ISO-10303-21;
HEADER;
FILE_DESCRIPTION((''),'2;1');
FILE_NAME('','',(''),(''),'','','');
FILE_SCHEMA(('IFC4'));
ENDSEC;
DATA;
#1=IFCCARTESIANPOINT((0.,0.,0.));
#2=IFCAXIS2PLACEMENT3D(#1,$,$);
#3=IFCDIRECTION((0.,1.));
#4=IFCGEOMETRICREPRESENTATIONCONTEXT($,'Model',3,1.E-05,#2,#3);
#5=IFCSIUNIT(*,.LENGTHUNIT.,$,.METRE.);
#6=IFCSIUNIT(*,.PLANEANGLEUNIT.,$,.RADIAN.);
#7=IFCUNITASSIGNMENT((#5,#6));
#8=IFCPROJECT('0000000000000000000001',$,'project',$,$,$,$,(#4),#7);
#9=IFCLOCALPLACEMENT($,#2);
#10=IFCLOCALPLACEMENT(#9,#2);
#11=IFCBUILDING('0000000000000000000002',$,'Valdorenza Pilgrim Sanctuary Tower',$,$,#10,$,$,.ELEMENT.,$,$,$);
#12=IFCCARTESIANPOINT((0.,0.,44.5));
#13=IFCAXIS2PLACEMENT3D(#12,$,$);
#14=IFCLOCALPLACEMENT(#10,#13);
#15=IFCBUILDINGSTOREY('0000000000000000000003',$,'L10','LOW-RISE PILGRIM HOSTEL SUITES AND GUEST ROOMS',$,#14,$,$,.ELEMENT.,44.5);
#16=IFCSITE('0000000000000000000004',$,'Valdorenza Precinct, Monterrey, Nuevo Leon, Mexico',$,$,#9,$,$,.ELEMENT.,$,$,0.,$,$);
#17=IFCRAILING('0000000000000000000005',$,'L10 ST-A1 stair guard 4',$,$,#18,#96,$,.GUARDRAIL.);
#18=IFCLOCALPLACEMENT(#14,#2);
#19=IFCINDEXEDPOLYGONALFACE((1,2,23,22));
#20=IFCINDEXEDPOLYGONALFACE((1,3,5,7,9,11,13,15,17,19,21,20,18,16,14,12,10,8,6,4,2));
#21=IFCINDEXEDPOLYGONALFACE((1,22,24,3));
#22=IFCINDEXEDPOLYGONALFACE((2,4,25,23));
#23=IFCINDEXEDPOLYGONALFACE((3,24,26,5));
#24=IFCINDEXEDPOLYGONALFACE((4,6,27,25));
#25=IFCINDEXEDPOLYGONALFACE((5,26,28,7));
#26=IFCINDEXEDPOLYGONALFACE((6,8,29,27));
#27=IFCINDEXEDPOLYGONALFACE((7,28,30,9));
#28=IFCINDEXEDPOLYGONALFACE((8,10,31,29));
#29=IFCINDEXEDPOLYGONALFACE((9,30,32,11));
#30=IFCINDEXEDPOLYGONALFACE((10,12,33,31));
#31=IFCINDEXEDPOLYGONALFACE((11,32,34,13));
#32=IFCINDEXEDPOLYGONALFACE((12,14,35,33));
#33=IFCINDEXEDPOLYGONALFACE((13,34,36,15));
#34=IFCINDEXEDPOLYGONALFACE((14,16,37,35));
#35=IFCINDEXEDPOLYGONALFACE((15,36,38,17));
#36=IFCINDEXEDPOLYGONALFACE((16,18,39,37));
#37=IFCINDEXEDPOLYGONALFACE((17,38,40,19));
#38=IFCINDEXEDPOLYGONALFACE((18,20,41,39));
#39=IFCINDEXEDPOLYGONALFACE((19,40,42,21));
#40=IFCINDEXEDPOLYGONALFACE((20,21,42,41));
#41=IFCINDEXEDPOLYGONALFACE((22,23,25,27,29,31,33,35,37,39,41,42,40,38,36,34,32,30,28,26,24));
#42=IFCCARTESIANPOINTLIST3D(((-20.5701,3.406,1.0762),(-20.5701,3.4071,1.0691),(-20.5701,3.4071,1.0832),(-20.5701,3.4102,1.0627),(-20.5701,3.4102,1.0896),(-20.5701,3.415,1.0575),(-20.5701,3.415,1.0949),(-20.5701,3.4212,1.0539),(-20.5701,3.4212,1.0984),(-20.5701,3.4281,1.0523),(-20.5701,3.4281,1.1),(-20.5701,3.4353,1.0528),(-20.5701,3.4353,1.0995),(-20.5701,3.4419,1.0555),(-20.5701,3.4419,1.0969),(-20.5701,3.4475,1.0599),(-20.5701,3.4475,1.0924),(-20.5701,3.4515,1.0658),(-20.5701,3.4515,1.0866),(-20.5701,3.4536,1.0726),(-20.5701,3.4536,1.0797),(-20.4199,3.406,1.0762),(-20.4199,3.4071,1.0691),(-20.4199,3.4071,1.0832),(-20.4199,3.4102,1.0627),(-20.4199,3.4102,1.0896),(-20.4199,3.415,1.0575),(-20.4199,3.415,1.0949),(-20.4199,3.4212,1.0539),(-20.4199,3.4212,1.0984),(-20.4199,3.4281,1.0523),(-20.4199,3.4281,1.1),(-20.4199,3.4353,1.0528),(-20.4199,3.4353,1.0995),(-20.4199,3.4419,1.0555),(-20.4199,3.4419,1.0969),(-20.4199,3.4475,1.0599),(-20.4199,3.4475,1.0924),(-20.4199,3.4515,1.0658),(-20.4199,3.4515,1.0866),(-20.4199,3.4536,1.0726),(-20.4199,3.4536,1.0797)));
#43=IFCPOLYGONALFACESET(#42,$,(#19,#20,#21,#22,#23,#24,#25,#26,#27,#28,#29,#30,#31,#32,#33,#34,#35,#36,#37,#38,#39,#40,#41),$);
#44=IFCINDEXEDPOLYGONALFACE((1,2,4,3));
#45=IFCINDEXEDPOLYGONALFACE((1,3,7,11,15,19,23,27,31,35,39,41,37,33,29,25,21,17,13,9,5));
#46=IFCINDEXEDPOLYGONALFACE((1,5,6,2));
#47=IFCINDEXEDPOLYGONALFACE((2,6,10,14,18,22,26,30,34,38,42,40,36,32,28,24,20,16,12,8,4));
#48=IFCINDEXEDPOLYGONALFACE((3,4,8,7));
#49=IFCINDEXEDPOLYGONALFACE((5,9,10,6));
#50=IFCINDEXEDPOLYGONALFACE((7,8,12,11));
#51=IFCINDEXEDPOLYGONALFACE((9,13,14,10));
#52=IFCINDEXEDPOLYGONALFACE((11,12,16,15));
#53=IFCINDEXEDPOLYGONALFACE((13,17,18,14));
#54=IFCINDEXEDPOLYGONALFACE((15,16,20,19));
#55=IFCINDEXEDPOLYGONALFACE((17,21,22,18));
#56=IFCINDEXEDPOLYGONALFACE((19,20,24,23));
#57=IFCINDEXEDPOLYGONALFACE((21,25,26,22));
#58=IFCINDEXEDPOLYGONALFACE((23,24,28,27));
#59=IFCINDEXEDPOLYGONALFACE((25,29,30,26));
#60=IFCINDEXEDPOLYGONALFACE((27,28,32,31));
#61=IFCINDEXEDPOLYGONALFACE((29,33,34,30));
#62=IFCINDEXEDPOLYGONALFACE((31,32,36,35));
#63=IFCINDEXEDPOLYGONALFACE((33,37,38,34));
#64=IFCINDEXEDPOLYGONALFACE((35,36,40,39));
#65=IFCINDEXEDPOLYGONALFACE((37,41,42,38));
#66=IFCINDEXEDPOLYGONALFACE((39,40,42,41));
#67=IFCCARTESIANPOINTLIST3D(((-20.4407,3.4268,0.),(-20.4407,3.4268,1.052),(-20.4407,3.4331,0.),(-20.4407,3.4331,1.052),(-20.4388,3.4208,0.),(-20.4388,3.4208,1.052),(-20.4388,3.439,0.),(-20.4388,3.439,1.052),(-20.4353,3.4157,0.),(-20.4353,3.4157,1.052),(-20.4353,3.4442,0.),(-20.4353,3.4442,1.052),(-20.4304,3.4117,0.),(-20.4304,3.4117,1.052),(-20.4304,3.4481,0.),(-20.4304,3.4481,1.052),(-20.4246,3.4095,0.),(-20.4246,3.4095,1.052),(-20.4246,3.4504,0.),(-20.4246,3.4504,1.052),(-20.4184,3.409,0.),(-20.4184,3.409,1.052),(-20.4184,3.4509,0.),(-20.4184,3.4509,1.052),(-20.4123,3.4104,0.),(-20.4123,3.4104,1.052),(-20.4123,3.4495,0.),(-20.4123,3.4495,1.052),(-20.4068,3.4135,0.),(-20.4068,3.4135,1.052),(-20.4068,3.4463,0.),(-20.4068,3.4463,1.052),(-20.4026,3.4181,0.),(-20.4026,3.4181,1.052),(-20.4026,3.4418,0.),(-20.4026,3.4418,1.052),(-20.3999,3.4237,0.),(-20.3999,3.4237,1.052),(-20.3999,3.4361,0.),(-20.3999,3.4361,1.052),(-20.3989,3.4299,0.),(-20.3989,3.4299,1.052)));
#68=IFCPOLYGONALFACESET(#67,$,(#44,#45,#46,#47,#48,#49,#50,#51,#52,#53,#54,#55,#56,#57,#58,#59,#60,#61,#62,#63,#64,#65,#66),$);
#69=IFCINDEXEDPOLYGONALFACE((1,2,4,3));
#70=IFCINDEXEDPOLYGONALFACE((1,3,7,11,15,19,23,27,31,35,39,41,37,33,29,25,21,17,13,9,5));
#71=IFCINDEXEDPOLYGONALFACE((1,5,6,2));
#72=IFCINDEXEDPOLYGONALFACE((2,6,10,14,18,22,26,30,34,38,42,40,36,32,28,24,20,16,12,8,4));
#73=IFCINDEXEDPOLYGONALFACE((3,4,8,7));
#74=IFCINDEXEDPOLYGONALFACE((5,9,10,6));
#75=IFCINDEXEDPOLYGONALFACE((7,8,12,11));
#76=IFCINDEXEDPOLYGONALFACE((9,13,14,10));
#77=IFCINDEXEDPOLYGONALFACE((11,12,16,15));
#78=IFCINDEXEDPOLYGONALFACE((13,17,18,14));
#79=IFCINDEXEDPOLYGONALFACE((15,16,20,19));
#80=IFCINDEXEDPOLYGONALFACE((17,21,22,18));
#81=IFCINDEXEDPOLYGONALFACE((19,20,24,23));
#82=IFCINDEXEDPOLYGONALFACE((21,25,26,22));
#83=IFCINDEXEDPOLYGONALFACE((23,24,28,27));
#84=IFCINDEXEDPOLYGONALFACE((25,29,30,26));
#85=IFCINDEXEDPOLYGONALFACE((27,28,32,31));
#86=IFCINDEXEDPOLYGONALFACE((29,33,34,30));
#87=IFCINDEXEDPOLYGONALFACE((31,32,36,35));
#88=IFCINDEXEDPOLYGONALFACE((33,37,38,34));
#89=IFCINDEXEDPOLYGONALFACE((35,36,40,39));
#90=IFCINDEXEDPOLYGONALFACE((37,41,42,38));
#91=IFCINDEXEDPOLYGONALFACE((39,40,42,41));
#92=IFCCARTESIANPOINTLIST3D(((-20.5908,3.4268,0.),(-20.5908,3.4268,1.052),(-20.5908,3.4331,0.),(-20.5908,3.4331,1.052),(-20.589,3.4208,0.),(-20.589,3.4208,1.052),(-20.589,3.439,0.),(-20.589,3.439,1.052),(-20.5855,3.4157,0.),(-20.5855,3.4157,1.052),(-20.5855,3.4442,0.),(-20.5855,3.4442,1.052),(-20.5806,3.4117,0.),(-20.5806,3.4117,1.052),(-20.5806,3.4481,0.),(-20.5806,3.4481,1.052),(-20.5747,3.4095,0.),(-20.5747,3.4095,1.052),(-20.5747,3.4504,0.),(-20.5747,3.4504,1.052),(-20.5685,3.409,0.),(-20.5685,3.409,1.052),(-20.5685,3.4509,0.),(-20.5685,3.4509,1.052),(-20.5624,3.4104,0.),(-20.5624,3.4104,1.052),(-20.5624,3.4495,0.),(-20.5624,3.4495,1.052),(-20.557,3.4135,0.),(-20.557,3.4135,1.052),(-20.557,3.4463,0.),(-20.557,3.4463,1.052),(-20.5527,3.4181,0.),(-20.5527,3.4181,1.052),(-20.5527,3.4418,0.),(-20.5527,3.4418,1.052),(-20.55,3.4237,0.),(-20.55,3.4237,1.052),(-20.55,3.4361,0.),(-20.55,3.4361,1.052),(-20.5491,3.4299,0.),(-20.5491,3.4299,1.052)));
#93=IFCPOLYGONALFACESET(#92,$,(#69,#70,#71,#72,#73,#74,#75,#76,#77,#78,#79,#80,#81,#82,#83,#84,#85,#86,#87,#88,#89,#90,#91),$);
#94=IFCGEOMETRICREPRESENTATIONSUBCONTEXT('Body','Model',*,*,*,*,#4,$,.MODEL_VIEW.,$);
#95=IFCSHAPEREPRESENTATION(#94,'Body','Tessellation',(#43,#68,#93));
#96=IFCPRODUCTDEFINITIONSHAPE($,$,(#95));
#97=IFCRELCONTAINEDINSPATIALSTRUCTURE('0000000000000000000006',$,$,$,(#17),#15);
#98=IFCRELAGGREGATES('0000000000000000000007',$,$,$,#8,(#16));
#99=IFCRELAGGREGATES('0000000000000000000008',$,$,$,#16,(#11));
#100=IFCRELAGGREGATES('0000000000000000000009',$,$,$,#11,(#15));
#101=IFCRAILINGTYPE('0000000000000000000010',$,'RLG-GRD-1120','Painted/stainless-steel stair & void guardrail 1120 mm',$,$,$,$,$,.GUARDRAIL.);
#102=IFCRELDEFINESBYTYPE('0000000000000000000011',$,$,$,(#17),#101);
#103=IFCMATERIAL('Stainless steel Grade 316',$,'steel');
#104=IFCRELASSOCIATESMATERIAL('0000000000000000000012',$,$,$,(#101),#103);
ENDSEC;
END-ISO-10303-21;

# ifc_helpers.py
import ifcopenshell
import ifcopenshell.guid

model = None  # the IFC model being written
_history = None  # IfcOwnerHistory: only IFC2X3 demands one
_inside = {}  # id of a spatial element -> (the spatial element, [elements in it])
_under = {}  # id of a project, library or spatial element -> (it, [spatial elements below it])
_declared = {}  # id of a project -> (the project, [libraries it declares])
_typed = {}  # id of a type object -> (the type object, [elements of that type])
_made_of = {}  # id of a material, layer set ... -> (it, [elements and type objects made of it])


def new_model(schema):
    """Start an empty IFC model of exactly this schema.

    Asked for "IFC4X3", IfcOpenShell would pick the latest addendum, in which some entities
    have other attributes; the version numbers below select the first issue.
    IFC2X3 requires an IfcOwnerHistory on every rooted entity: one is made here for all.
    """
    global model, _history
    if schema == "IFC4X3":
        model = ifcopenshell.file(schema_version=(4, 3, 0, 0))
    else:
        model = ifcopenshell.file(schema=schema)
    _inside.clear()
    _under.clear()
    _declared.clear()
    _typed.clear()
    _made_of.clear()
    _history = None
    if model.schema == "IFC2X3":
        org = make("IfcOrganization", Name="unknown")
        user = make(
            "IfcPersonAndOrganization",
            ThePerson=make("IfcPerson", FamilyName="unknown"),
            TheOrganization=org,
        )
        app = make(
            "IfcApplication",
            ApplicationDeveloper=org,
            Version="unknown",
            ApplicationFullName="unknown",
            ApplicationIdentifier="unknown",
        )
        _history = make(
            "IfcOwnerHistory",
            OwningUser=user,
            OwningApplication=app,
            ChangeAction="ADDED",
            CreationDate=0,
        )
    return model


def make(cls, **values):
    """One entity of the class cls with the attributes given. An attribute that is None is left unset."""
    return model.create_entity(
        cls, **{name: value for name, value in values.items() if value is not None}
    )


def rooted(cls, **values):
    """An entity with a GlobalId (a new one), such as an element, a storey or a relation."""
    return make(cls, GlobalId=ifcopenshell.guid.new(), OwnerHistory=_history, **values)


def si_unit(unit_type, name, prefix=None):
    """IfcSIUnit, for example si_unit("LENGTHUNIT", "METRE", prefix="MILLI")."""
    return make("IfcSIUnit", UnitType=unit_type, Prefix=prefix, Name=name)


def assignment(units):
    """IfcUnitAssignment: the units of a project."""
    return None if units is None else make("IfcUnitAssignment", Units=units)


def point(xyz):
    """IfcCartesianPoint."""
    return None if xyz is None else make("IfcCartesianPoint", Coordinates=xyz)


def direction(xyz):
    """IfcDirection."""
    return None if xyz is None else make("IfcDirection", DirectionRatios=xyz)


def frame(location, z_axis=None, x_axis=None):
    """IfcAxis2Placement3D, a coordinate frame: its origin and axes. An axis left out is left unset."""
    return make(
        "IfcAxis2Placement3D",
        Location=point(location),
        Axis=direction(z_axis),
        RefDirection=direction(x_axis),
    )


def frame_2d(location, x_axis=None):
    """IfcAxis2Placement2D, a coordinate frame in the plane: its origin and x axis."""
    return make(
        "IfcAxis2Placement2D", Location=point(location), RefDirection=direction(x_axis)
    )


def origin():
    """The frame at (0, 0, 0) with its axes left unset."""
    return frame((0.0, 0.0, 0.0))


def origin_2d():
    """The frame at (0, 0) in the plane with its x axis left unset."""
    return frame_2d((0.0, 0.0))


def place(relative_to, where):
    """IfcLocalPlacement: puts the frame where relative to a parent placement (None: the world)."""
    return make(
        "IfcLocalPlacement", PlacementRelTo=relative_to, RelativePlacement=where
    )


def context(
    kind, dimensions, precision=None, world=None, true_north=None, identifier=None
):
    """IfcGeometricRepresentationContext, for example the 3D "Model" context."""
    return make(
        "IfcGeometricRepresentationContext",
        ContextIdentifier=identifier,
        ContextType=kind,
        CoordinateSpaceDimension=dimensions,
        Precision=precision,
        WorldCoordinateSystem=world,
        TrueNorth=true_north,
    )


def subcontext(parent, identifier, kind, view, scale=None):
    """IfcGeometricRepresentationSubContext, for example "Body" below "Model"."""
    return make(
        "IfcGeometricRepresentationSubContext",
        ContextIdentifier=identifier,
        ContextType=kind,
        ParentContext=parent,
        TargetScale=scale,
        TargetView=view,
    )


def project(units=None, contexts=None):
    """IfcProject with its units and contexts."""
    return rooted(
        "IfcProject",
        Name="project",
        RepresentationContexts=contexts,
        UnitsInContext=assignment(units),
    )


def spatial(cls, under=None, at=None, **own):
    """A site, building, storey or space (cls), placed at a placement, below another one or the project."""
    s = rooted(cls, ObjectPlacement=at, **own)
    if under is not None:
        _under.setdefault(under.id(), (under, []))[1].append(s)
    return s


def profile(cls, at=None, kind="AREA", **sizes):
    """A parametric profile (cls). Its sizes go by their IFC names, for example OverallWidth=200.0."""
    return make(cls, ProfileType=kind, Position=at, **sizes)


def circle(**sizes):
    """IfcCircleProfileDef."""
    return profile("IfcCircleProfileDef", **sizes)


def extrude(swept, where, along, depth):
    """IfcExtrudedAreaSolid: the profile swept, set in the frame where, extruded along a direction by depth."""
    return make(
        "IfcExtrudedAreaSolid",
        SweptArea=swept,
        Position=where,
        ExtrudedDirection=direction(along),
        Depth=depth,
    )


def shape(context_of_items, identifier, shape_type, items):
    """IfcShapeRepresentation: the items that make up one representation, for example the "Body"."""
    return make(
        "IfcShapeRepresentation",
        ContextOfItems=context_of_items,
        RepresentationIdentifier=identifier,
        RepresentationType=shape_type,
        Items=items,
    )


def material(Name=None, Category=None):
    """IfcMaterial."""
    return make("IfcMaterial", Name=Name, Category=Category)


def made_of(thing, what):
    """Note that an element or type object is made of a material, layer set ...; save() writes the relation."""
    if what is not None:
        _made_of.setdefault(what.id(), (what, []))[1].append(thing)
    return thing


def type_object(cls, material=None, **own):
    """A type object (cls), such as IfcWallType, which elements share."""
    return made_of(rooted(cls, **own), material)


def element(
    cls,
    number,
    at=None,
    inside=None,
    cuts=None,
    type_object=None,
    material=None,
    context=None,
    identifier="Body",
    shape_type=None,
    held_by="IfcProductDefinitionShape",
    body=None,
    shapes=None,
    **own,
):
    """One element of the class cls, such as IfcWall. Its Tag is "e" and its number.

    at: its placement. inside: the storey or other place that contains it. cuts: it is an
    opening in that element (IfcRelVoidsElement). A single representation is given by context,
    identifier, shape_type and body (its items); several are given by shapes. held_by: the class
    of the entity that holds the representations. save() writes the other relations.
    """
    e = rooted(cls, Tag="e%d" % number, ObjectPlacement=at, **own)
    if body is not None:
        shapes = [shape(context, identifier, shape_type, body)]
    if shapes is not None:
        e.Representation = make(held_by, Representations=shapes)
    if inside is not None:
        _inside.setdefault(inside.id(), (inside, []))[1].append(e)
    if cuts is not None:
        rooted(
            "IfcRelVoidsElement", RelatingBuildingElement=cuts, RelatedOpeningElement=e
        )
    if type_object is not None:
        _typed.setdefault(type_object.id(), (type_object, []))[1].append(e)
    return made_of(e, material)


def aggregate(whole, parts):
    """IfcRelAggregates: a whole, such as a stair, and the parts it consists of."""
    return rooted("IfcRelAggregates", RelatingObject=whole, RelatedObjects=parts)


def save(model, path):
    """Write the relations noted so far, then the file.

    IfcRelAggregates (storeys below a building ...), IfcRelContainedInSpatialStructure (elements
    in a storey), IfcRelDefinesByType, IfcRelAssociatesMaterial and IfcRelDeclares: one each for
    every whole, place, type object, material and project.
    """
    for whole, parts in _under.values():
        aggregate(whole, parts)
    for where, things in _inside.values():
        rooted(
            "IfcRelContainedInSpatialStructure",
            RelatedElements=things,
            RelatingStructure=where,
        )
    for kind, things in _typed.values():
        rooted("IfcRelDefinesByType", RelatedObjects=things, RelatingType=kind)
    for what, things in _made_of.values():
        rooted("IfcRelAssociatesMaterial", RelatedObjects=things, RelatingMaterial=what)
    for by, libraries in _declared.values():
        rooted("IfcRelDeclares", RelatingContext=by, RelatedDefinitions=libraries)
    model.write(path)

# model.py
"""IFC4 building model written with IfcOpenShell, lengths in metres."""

from ifc_helpers import new_model, si_unit, direction, frame, origin, origin_2d, place, context, subcontext, project, spatial, circle, extrude, material, type_object, element, save


model = new_model("IFC4")

# Units and contexts
model_context = context("Model", 3, precision=1e-05, world=origin(), true_north=direction((0.0, 1.0)))
body_context = subcontext(model_context, "Body", "Model", "MODEL_VIEW")
ifc_project = project(units=[si_unit("LENGTHUNIT", "METRE"), si_unit("PLANEANGLEUNIT", "RADIAN")], contexts=[model_context])

# Site, building, storey
site_placement = place(None, origin())
site = spatial("IfcSite", under=ifc_project, at=site_placement, Name="Valdorenza Precinct, Monterrey, Nuevo Leon, Mexico", CompositionType="ELEMENT", RefElevation=0.0)
building_placement = place(site_placement, origin())
building = spatial("IfcBuilding", under=site, at=building_placement, Name="Valdorenza Pilgrim Sanctuary Tower", CompositionType="ELEMENT")
storey_placement = place(building_placement, frame((0.0, 0.0, 44.5)))
storey = spatial("IfcBuildingStorey", under=building, at=storey_placement, Name="L10", Description="LOW-RISE PILGRIM HOSTEL SUITES AND GUEST ROOMS", CompositionType="ELEMENT", Elevation=44.5)

# Railing
ifc_material_1 = material(Name="Stainless steel Grade 316", Category="steel")
railing_type_1 = type_object("IfcRailingType", Name="RLG-GRD-1120", Description="Painted/stainless-steel stair & void guardrail 1120 mm", PredefinedType="GUARDRAIL", material=ifc_material_1)
railing_1_placement = place(storey_placement, frame((-20.4199, 3.4299, 0.0)))
element("IfcRailing", 1, at=railing_1_placement, inside=storey, type_object=railing_type_1, Name="L10 ST-A1 stair guard 4", PredefinedType="GUARDRAIL", context=body_context, shape_type="SweptSolid", body=[
    extrude(circle(Radius=0.0239, at=origin_2d()), frame((0.0, 0.0, 1.0762), z_axis=(-1.0, 0.0, 0.0), x_axis=(0.0, -1.0, 0.0)), (0.0, 0.0, 1.0), 0.1501),
    extrude(circle(Radius=0.021, at=origin_2d()), origin(), (0.0, 0.0, 1.0), 1.052),
    extrude(circle(Radius=0.021, at=origin_2d()), frame((-0.1501, 0.0, 0.0)), (0.0, 0.0, 1.0), 1.052),
])

save(model, "model.ifc")
